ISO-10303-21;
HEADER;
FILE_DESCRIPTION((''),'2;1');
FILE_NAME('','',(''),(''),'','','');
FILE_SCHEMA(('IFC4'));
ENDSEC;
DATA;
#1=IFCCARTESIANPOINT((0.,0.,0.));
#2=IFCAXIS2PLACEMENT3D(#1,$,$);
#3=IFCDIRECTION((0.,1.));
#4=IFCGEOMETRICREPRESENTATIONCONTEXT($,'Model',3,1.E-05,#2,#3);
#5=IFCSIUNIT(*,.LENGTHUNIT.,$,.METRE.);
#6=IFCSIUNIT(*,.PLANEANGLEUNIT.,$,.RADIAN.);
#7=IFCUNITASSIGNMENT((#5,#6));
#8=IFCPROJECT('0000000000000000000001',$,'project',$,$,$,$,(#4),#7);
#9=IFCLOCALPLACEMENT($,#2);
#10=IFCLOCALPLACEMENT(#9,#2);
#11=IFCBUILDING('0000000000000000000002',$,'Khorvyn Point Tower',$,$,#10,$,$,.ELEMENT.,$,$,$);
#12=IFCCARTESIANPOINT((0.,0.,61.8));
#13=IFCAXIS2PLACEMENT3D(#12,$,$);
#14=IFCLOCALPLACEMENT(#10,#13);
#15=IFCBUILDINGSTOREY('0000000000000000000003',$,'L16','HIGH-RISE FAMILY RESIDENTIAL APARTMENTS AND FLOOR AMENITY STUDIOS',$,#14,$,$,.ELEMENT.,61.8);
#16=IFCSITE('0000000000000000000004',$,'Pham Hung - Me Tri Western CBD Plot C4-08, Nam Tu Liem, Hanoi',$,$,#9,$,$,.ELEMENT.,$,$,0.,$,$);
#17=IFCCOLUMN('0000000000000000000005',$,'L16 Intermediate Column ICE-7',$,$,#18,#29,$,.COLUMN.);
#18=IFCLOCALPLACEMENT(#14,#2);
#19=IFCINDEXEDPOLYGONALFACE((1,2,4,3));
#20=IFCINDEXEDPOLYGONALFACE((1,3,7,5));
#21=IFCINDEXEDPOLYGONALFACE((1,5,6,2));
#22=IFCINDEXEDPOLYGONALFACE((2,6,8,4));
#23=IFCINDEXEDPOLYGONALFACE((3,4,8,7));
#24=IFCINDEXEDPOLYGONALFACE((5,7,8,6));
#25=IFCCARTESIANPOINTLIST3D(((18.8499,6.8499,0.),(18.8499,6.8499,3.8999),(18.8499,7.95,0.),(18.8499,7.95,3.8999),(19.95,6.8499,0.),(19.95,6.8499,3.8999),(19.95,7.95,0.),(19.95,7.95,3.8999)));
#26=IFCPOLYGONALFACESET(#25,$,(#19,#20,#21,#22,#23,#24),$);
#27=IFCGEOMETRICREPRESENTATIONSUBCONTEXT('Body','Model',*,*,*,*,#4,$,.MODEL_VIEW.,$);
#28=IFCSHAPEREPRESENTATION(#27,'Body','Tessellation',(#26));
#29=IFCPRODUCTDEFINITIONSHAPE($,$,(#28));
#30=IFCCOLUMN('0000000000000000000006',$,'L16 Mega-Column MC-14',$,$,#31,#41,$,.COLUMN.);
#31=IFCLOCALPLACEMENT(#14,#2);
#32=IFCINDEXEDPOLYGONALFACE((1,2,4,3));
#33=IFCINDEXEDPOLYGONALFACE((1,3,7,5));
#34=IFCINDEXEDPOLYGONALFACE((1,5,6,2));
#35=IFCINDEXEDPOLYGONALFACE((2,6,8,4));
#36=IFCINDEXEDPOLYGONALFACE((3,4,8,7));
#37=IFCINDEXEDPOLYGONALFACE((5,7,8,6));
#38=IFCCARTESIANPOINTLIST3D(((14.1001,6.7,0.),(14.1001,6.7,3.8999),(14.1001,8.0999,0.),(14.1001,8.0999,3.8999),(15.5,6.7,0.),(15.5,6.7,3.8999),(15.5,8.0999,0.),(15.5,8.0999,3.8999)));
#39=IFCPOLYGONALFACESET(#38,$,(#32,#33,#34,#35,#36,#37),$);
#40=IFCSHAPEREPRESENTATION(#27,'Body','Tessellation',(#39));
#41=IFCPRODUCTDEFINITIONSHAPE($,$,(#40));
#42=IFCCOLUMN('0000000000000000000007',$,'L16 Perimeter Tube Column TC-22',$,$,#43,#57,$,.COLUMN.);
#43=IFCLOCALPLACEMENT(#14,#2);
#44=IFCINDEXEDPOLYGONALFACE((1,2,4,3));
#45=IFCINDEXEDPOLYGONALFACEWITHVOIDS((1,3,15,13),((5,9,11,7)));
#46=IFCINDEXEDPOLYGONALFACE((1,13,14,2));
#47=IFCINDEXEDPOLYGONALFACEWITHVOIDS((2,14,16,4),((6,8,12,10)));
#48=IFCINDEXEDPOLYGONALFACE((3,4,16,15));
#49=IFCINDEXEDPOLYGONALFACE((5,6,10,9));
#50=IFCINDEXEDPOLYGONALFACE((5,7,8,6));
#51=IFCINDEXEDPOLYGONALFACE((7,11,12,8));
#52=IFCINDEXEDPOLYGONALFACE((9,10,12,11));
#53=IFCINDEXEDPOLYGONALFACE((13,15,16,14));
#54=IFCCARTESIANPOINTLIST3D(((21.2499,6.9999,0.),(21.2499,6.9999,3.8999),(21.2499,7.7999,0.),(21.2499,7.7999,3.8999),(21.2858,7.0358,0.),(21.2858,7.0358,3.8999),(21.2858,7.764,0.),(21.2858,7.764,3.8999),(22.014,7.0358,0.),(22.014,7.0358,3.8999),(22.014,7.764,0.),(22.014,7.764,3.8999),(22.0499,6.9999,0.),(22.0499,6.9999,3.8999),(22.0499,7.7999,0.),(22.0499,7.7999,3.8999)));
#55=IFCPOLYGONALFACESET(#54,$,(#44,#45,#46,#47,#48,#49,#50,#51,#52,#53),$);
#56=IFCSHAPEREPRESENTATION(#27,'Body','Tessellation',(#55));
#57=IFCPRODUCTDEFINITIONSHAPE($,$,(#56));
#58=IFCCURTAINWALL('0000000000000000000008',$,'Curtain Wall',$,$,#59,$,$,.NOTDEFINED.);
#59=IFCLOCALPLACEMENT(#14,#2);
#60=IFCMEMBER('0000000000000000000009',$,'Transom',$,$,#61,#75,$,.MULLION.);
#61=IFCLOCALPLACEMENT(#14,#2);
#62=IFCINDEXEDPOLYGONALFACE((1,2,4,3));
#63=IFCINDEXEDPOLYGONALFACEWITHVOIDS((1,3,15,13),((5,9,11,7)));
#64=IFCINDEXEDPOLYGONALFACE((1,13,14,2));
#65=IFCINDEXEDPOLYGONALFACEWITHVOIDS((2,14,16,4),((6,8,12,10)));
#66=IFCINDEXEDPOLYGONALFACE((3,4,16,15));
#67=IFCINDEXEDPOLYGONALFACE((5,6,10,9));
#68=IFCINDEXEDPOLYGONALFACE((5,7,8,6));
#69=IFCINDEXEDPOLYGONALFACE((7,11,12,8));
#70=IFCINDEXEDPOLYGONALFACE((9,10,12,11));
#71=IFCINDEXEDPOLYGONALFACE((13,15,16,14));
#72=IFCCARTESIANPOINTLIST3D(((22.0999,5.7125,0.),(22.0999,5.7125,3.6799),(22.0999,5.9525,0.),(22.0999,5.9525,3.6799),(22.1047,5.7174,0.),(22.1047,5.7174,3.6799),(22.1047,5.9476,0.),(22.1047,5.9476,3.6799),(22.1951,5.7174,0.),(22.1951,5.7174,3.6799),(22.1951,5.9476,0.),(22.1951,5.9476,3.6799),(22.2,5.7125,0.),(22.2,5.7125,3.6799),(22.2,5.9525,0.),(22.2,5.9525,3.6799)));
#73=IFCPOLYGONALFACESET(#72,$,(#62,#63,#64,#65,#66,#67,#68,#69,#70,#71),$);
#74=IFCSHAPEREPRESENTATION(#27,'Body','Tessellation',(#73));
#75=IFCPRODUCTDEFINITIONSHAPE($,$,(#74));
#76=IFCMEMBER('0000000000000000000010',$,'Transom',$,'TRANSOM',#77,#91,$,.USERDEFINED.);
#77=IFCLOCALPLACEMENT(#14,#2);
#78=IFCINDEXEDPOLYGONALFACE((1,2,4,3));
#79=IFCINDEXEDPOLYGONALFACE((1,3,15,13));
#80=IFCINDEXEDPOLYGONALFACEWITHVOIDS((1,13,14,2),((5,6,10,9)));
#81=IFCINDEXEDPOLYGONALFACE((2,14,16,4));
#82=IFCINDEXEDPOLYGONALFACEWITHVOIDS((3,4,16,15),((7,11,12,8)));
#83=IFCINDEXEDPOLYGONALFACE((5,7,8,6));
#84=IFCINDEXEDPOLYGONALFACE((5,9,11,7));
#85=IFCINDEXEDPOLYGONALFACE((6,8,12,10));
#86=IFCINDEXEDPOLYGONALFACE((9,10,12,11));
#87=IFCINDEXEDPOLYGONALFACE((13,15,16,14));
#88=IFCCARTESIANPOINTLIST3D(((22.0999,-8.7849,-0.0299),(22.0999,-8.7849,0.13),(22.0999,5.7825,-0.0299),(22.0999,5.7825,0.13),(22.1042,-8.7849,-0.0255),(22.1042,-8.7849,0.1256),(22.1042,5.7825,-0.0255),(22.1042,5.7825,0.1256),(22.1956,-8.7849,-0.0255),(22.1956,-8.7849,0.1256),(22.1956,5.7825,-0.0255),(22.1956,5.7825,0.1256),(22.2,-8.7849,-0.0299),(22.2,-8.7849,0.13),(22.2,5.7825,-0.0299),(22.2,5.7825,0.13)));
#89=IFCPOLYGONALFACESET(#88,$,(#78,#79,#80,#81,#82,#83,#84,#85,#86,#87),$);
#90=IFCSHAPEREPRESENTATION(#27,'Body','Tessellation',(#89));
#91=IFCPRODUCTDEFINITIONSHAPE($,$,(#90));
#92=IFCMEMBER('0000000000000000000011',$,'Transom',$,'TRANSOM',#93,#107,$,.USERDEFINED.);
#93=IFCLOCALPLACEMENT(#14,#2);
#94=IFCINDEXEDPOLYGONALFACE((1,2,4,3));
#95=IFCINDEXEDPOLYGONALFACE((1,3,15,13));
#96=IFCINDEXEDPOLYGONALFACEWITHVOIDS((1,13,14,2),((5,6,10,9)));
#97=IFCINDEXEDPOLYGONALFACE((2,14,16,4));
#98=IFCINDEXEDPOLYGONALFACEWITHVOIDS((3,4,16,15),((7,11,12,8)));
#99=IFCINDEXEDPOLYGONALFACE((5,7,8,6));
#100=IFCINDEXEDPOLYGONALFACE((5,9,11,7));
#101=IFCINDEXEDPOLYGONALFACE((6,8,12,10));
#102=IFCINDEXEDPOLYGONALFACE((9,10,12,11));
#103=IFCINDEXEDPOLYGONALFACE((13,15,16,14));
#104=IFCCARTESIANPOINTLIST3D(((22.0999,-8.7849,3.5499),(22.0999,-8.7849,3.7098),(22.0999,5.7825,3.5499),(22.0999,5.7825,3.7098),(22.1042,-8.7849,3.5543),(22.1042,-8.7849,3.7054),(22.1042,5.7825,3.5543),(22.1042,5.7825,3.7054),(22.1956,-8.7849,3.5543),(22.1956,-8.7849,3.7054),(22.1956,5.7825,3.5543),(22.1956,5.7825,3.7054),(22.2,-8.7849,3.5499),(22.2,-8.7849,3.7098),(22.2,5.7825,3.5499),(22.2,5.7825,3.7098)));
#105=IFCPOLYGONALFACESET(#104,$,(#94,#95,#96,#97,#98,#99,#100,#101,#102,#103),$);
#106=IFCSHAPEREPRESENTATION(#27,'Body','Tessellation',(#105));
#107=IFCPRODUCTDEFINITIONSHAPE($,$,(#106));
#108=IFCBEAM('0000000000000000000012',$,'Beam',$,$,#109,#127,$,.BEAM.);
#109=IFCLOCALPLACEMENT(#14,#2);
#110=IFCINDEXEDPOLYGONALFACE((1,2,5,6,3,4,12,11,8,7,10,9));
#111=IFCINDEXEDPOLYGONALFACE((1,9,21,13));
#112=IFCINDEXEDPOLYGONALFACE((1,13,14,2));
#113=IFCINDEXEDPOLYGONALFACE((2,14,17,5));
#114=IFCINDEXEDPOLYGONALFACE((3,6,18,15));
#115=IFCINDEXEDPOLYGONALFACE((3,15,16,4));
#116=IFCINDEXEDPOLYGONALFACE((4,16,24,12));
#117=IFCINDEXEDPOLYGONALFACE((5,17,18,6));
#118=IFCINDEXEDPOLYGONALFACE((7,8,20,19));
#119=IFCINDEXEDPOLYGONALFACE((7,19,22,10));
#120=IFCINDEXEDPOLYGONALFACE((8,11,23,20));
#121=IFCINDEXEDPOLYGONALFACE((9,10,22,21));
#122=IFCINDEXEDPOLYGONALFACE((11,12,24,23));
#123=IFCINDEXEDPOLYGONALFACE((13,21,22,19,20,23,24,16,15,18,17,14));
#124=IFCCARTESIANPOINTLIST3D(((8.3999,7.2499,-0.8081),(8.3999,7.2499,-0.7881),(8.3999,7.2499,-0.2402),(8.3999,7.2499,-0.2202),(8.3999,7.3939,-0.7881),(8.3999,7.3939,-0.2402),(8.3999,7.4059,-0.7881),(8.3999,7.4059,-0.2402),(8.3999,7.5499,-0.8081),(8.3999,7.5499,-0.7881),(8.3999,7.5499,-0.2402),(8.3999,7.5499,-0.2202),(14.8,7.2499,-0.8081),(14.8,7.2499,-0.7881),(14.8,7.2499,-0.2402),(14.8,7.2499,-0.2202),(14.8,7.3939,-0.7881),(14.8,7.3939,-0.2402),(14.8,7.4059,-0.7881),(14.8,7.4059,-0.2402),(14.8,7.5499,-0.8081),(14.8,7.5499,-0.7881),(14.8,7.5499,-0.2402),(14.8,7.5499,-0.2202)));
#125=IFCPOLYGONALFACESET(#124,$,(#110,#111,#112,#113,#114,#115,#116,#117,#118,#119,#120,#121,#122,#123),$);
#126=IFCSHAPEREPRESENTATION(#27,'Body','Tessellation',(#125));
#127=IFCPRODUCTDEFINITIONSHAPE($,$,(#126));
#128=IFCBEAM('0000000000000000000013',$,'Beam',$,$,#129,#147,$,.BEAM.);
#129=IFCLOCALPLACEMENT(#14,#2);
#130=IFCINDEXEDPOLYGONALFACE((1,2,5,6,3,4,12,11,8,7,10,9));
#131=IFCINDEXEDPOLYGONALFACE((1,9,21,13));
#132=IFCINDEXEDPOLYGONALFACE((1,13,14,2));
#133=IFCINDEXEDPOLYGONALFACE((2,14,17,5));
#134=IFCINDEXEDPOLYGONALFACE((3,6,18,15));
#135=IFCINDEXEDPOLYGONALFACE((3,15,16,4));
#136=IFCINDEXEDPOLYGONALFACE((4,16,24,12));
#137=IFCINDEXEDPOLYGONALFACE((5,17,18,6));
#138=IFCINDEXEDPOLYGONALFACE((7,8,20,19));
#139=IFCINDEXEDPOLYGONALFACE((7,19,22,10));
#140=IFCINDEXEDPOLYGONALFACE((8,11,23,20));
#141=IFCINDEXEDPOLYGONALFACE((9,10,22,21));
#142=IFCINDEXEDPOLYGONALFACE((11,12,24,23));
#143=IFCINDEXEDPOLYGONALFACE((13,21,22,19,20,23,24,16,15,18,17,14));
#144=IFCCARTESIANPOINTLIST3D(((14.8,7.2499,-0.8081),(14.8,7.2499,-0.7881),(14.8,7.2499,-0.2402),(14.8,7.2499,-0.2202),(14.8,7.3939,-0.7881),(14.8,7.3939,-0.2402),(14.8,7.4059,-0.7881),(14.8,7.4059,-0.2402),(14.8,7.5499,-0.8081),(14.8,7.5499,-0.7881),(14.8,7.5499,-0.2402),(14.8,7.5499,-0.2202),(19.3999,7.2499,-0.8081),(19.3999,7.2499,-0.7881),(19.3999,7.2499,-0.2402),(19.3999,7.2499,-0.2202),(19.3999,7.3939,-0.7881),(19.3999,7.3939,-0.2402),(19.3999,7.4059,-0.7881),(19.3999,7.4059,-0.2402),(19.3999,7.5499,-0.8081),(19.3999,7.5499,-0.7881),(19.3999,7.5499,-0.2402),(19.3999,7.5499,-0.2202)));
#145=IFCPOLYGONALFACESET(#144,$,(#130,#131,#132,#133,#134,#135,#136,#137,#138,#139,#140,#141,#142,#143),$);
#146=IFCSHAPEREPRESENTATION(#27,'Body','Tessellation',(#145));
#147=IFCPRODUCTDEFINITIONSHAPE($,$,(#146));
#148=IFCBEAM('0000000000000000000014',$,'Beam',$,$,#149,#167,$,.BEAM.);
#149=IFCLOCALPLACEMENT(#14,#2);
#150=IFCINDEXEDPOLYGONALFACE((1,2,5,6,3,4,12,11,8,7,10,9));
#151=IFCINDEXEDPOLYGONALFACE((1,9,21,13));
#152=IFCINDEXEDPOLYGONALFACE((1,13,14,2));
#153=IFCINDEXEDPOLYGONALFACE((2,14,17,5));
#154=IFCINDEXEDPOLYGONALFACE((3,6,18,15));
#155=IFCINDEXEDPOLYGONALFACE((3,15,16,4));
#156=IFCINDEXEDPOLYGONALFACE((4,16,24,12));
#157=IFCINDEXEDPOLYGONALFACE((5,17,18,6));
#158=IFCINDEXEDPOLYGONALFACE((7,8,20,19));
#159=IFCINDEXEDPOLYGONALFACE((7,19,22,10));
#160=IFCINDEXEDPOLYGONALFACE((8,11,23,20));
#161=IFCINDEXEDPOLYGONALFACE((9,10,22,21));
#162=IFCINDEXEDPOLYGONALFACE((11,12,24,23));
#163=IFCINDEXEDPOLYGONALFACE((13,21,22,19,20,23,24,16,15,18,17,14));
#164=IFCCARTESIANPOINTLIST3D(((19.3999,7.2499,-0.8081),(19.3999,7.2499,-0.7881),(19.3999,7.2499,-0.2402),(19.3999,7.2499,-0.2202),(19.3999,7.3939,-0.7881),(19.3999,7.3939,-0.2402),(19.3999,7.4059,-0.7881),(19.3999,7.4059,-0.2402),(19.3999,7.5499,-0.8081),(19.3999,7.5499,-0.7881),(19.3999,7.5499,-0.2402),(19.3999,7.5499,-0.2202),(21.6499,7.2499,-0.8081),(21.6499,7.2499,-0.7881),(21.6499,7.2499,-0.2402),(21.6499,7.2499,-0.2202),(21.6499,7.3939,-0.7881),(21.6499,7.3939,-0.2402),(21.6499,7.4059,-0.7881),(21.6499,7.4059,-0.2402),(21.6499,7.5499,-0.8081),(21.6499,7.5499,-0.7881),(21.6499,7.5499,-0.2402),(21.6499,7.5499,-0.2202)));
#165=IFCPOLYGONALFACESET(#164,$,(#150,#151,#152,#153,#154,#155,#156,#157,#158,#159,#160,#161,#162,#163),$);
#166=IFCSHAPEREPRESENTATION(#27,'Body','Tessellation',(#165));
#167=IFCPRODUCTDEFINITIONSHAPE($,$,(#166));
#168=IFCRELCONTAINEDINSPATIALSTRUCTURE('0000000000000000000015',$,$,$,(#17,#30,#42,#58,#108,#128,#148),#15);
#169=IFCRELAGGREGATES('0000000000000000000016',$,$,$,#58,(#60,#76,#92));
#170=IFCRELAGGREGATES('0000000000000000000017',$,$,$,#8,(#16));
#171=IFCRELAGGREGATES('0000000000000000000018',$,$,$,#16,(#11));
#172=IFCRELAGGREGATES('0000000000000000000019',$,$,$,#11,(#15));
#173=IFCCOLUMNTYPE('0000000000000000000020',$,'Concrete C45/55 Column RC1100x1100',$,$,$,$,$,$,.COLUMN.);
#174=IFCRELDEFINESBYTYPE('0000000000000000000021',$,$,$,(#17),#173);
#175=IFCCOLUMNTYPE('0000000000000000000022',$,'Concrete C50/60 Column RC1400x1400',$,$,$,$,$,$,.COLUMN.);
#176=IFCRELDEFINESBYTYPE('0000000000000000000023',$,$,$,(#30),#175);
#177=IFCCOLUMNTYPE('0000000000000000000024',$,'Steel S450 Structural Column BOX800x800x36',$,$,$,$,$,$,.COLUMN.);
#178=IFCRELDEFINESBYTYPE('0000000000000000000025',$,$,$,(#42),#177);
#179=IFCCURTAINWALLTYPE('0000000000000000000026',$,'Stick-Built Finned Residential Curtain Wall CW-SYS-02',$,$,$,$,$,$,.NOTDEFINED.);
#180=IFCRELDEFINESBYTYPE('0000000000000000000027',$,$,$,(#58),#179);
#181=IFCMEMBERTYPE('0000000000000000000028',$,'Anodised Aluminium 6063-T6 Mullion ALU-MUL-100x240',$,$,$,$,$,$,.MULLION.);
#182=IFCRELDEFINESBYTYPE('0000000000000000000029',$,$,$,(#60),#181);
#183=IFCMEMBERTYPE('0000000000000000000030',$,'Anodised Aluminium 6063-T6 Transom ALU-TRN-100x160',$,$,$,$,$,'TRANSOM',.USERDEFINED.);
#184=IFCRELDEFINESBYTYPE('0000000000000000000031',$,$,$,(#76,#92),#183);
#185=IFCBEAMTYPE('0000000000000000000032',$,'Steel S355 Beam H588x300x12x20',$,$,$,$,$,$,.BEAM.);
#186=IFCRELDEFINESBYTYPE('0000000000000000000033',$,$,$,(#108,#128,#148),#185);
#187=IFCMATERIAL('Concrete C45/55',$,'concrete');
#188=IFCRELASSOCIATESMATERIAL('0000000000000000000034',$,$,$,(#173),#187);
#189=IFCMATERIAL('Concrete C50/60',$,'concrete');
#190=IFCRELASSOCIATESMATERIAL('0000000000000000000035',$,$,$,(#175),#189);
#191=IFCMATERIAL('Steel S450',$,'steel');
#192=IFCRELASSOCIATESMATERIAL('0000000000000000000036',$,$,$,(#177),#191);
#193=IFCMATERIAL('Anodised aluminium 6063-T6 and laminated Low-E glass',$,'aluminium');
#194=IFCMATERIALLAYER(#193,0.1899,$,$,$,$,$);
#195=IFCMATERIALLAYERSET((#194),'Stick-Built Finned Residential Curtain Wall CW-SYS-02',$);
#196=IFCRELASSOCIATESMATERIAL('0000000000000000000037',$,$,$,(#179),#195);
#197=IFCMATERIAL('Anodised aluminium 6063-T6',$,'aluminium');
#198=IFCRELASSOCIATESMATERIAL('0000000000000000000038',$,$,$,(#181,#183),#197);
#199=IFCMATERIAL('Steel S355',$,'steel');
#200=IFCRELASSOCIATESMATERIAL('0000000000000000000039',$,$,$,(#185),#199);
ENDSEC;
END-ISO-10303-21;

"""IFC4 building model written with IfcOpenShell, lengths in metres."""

from ifc_helpers import new_model, si_unit, direction, frame, origin, origin_2d, place, context, subcontext, project, spatial, rectangle, hollow_rectangle, i_section, extrude, material, layer, layer_set, material_profile, profile_set, type_object, element, aggregate, save


model = new_model("IFC4")

# Units and contexts
model_context = context("Model", 3, precision=1e-05, world=origin(), true_north=direction((0.0, 1.0)))
body_context = subcontext(model_context, "Body", "Model", "MODEL_VIEW")
ifc_project = project(units=[si_unit("LENGTHUNIT", "METRE"), si_unit("PLANEANGLEUNIT", "RADIAN")], contexts=[model_context])

# Site, building, storey
site_placement = place(None, origin())
site = spatial("IfcSite", under=ifc_project, at=site_placement, Name="Pham Hung - Me Tri Western CBD Plot C4-08, Nam Tu Liem, Hanoi", CompositionType="ELEMENT", RefElevation=0.0)
building_placement = place(site_placement, origin())
building = spatial("IfcBuilding", under=site, at=building_placement, Name="Khorvyn Point Tower", CompositionType="ELEMENT")
storey_placement = place(building_placement, frame((0.0, 0.0, 61.8)))
storey = spatial("IfcBuildingStorey", under=building, at=storey_placement, Name="L16", Description="HIGH-RISE FAMILY RESIDENTIAL APARTMENTS AND FLOOR AMENITY STUDIOS", CompositionType="ELEMENT", Elevation=61.8)

# Columns
ifc_material_1 = material(Name="Concrete C45/55", Category="concrete")
ifc_material_profile_1 = material_profile(ifc_material_1, rectangle(XDim=1.1001, YDim=1.1001, at=origin_2d()))
ifc_profile_set_1 = profile_set([ifc_material_profile_1], Name="Concrete C45/55 RC1100x1100")
column_type_1 = type_object("IfcColumnType", Name="Concrete C45/55 Column RC1100x1100", PredefinedType="COLUMN", material=ifc_profile_set_1)
column_1_placement = place(storey_placement, frame((19.3999, 7.3999, 0.0), z_axis=(0.0, 0.0, 1.0), x_axis=(1.0, 0.0, 0.0)))
element("IfcColumn", 1, at=column_1_placement, inside=storey, type_object=column_type_1, Name="L16 Intermediate Column ICE-7", PredefinedType="COLUMN", context=body_context, shape_type="SweptSolid", body=[
    extrude(rectangle(XDim=1.1001, YDim=1.1001, at=origin_2d()), origin(), (0.0, 0.0, 1.0), 3.8999),
])
ifc_material_2 = material(Name="Concrete C50/60", Category="concrete")
ifc_material_profile_2 = material_profile(ifc_material_2, rectangle(XDim=1.3999, YDim=1.3999, at=origin_2d()))
ifc_profile_set_2 = profile_set([ifc_material_profile_2], Name="Concrete C50/60 RC1400x1400")
column_type_2 = type_object("IfcColumnType", Name="Concrete C50/60 Column RC1400x1400", PredefinedType="COLUMN", material=ifc_profile_set_2)
column_2_placement = place(storey_placement, frame((14.8, 7.3999, 0.0), z_axis=(0.0, 0.0, 1.0), x_axis=(1.0, 0.0, 0.0)))
element("IfcColumn", 2, at=column_2_placement, inside=storey, type_object=column_type_2, Name="L16 Mega-Column MC-14", PredefinedType="COLUMN", context=body_context, shape_type="SweptSolid", body=[
    extrude(rectangle(XDim=1.3999, YDim=1.3999, at=origin_2d()), origin(), (0.0, 0.0, 1.0), 3.8999),
])
ifc_material_3 = material(Name="Steel S450", Category="steel")
ifc_material_profile_3 = material_profile(ifc_material_3, hollow_rectangle(XDim=0.8, YDim=0.8, WallThickness=0.0359, at=origin_2d()))
ifc_profile_set_3 = profile_set([ifc_material_profile_3], Name="Steel S450 BOX800x800x36")
column_type_3 = type_object("IfcColumnType", Name="Steel S450 Structural Column BOX800x800x36", PredefinedType="COLUMN", material=ifc_profile_set_3)
column_3_placement = place(storey_placement, frame((21.6499, 7.3999, 0.0), z_axis=(0.0, 0.0, 1.0), x_axis=(1.0, 0.0, 0.0)))
element("IfcColumn", 3, at=column_3_placement, inside=storey, type_object=column_type_3, Name="L16 Perimeter Tube Column TC-22", PredefinedType="COLUMN", context=body_context, shape_type="SweptSolid", body=[
    extrude(hollow_rectangle(XDim=0.8, YDim=0.8, WallThickness=0.0359, at=origin_2d()), origin(), (0.0, 0.0, 1.0), 3.8999),
])

# Curtain wall, members
ifc_material_4 = material(Name="Anodised aluminium 6063-T6 and laminated Low-E glass", Category="aluminium")
ifc_layer_1 = layer(ifc_material_4, 0.1899)
ifc_layer_set_1 = layer_set([ifc_layer_1], Name="Stick-Built Finned Residential Curtain Wall CW-SYS-02")
curtain_wall_type = type_object("IfcCurtainWallType", Name="Stick-Built Finned Residential Curtain Wall CW-SYS-02", PredefinedType="NOTDEFINED", material=ifc_layer_set_1)
curtain_wall_placement = place(storey_placement, origin())
curtain_wall = element("IfcCurtainWall", 4, at=curtain_wall_placement, inside=storey, type_object=curtain_wall_type, Name="Curtain Wall", PredefinedType="NOTDEFINED")
ifc_material_5 = material(Name="Anodised aluminium 6063-T6", Category="aluminium")
ifc_material_profile_4 = material_profile(ifc_material_5, hollow_rectangle(XDim=0.1001, YDim=0.24, WallThickness=0.0049, at=origin_2d()))
ifc_profile_set_4 = profile_set([ifc_material_profile_4], Name="Anodised aluminium 6063-T6 ALU-MUL-100x240")
member_type_1 = type_object("IfcMemberType", Name="Anodised Aluminium 6063-T6 Mullion ALU-MUL-100x240", PredefinedType="MULLION", material=ifc_profile_set_4)
member_1_placement = place(storey_placement, frame((22.1499, 5.8325, 0.0), z_axis=(0.0, 0.0, 1.0), x_axis=(1.0, 0.0, 0.0)))
member_1 = element("IfcMember", 5, at=member_1_placement, type_object=member_type_1, Name="Transom", PredefinedType="MULLION", context=body_context, shape_type="SweptSolid", body=[
    extrude(hollow_rectangle(XDim=0.1001, YDim=0.24, WallThickness=0.0049, at=origin_2d()), origin(), (0.0, 0.0, 1.0), 3.6799),
])
ifc_material_profile_5 = material_profile(ifc_material_5, hollow_rectangle(XDim=0.1001, YDim=0.1599, WallThickness=0.0044, at=origin_2d()))
ifc_profile_set_5 = profile_set([ifc_material_profile_5], Name="Anodised aluminium 6063-T6 ALU-TRN-100x160")
member_type_2 = type_object("IfcMemberType", Name="Anodised Aluminium 6063-T6 Transom ALU-TRN-100x160", ElementType="TRANSOM", PredefinedType="USERDEFINED", material=ifc_profile_set_5)
member_2_placement = place(storey_placement, frame((22.1499, 5.7825, 0.05), z_axis=(0.0, -1.0, 0.0), x_axis=(1.0, 0.0, 0.0)))
member_2 = element("IfcMember", 6, at=member_2_placement, type_object=member_type_2, Name="Transom", ObjectType="TRANSOM", PredefinedType="USERDEFINED", context=body_context, shape_type="SweptSolid", body=[
    extrude(hollow_rectangle(XDim=0.1001, YDim=0.1599, WallThickness=0.0044, at=origin_2d()), origin(), (0.0, 0.0, 1.0), 14.5674),
])
member_3_placement = place(storey_placement, frame((22.1499, 5.7825, 3.6299), z_axis=(0.0, -1.0, 0.0), x_axis=(1.0, 0.0, 0.0)))
member_3 = element("IfcMember", 7, at=member_3_placement, type_object=member_type_2, Name="Transom", ObjectType="TRANSOM", PredefinedType="USERDEFINED", context=body_context, shape_type="SweptSolid", body=[
    extrude(hollow_rectangle(XDim=0.1001, YDim=0.1599, WallThickness=0.0044, at=origin_2d()), origin(), (0.0, 0.0, 1.0), 14.5674),
])

# Beams
ifc_material_6 = material(Name="Steel S355", Category="steel")
ifc_material_profile_6 = material_profile(ifc_material_6, i_section(OverallWidth=0.3, OverallDepth=0.5879, WebThickness=0.012, FlangeThickness=0.02, at=origin_2d()))
ifc_profile_set_6 = profile_set([ifc_material_profile_6], Name="Steel S355 H588x300x12x20")
beam_type_1 = type_object("IfcBeamType", Name="Steel S355 Beam H588x300x12x20", PredefinedType="BEAM", material=ifc_profile_set_6)
beam_1_placement = place(storey_placement, frame((8.3999, 7.3999, -0.5142), z_axis=(1.0, 0.0, 0.0), x_axis=(0.0, 1.0, 0.0)))
element("IfcBeam", 8, at=beam_1_placement, inside=storey, type_object=beam_type_1, Name="Beam", PredefinedType="BEAM", context=body_context, shape_type="SweptSolid", body=[
    extrude(i_section(OverallWidth=0.3, OverallDepth=0.5879, WebThickness=0.012, FlangeThickness=0.02, at=origin_2d()), origin(), (0.0, 0.0, 1.0), 6.4001),
])
beam_2_placement = place(storey_placement, frame((14.8, 7.3999, -0.5142), z_axis=(1.0, 0.0, 0.0), x_axis=(0.0, 1.0, 0.0)))
element("IfcBeam", 9, at=beam_2_placement, inside=storey, type_object=beam_type_1, Name="Beam", PredefinedType="BEAM", context=body_context, shape_type="SweptSolid", body=[
    extrude(i_section(OverallWidth=0.3, OverallDepth=0.5879, WebThickness=0.012, FlangeThickness=0.02, at=origin_2d()), origin(), (0.0, 0.0, 1.0), 4.5999),
])
beam_3_placement = place(storey_placement, frame((19.3999, 7.3999, -0.5142), z_axis=(1.0, 0.0, 0.0), x_axis=(0.0, 1.0, 0.0)))
element("IfcBeam", 10, at=beam_3_placement, inside=storey, type_object=beam_type_1, Name="Beam", PredefinedType="BEAM", context=body_context, shape_type="SweptSolid", body=[
    extrude(i_section(OverallWidth=0.3, OverallDepth=0.5879, WebThickness=0.012, FlangeThickness=0.02, at=origin_2d()), origin(), (0.0, 0.0, 1.0), 2.25),
])

aggregate(curtain_wall, [member_1, member_2, member_3])

save(model, "model.ifc")
